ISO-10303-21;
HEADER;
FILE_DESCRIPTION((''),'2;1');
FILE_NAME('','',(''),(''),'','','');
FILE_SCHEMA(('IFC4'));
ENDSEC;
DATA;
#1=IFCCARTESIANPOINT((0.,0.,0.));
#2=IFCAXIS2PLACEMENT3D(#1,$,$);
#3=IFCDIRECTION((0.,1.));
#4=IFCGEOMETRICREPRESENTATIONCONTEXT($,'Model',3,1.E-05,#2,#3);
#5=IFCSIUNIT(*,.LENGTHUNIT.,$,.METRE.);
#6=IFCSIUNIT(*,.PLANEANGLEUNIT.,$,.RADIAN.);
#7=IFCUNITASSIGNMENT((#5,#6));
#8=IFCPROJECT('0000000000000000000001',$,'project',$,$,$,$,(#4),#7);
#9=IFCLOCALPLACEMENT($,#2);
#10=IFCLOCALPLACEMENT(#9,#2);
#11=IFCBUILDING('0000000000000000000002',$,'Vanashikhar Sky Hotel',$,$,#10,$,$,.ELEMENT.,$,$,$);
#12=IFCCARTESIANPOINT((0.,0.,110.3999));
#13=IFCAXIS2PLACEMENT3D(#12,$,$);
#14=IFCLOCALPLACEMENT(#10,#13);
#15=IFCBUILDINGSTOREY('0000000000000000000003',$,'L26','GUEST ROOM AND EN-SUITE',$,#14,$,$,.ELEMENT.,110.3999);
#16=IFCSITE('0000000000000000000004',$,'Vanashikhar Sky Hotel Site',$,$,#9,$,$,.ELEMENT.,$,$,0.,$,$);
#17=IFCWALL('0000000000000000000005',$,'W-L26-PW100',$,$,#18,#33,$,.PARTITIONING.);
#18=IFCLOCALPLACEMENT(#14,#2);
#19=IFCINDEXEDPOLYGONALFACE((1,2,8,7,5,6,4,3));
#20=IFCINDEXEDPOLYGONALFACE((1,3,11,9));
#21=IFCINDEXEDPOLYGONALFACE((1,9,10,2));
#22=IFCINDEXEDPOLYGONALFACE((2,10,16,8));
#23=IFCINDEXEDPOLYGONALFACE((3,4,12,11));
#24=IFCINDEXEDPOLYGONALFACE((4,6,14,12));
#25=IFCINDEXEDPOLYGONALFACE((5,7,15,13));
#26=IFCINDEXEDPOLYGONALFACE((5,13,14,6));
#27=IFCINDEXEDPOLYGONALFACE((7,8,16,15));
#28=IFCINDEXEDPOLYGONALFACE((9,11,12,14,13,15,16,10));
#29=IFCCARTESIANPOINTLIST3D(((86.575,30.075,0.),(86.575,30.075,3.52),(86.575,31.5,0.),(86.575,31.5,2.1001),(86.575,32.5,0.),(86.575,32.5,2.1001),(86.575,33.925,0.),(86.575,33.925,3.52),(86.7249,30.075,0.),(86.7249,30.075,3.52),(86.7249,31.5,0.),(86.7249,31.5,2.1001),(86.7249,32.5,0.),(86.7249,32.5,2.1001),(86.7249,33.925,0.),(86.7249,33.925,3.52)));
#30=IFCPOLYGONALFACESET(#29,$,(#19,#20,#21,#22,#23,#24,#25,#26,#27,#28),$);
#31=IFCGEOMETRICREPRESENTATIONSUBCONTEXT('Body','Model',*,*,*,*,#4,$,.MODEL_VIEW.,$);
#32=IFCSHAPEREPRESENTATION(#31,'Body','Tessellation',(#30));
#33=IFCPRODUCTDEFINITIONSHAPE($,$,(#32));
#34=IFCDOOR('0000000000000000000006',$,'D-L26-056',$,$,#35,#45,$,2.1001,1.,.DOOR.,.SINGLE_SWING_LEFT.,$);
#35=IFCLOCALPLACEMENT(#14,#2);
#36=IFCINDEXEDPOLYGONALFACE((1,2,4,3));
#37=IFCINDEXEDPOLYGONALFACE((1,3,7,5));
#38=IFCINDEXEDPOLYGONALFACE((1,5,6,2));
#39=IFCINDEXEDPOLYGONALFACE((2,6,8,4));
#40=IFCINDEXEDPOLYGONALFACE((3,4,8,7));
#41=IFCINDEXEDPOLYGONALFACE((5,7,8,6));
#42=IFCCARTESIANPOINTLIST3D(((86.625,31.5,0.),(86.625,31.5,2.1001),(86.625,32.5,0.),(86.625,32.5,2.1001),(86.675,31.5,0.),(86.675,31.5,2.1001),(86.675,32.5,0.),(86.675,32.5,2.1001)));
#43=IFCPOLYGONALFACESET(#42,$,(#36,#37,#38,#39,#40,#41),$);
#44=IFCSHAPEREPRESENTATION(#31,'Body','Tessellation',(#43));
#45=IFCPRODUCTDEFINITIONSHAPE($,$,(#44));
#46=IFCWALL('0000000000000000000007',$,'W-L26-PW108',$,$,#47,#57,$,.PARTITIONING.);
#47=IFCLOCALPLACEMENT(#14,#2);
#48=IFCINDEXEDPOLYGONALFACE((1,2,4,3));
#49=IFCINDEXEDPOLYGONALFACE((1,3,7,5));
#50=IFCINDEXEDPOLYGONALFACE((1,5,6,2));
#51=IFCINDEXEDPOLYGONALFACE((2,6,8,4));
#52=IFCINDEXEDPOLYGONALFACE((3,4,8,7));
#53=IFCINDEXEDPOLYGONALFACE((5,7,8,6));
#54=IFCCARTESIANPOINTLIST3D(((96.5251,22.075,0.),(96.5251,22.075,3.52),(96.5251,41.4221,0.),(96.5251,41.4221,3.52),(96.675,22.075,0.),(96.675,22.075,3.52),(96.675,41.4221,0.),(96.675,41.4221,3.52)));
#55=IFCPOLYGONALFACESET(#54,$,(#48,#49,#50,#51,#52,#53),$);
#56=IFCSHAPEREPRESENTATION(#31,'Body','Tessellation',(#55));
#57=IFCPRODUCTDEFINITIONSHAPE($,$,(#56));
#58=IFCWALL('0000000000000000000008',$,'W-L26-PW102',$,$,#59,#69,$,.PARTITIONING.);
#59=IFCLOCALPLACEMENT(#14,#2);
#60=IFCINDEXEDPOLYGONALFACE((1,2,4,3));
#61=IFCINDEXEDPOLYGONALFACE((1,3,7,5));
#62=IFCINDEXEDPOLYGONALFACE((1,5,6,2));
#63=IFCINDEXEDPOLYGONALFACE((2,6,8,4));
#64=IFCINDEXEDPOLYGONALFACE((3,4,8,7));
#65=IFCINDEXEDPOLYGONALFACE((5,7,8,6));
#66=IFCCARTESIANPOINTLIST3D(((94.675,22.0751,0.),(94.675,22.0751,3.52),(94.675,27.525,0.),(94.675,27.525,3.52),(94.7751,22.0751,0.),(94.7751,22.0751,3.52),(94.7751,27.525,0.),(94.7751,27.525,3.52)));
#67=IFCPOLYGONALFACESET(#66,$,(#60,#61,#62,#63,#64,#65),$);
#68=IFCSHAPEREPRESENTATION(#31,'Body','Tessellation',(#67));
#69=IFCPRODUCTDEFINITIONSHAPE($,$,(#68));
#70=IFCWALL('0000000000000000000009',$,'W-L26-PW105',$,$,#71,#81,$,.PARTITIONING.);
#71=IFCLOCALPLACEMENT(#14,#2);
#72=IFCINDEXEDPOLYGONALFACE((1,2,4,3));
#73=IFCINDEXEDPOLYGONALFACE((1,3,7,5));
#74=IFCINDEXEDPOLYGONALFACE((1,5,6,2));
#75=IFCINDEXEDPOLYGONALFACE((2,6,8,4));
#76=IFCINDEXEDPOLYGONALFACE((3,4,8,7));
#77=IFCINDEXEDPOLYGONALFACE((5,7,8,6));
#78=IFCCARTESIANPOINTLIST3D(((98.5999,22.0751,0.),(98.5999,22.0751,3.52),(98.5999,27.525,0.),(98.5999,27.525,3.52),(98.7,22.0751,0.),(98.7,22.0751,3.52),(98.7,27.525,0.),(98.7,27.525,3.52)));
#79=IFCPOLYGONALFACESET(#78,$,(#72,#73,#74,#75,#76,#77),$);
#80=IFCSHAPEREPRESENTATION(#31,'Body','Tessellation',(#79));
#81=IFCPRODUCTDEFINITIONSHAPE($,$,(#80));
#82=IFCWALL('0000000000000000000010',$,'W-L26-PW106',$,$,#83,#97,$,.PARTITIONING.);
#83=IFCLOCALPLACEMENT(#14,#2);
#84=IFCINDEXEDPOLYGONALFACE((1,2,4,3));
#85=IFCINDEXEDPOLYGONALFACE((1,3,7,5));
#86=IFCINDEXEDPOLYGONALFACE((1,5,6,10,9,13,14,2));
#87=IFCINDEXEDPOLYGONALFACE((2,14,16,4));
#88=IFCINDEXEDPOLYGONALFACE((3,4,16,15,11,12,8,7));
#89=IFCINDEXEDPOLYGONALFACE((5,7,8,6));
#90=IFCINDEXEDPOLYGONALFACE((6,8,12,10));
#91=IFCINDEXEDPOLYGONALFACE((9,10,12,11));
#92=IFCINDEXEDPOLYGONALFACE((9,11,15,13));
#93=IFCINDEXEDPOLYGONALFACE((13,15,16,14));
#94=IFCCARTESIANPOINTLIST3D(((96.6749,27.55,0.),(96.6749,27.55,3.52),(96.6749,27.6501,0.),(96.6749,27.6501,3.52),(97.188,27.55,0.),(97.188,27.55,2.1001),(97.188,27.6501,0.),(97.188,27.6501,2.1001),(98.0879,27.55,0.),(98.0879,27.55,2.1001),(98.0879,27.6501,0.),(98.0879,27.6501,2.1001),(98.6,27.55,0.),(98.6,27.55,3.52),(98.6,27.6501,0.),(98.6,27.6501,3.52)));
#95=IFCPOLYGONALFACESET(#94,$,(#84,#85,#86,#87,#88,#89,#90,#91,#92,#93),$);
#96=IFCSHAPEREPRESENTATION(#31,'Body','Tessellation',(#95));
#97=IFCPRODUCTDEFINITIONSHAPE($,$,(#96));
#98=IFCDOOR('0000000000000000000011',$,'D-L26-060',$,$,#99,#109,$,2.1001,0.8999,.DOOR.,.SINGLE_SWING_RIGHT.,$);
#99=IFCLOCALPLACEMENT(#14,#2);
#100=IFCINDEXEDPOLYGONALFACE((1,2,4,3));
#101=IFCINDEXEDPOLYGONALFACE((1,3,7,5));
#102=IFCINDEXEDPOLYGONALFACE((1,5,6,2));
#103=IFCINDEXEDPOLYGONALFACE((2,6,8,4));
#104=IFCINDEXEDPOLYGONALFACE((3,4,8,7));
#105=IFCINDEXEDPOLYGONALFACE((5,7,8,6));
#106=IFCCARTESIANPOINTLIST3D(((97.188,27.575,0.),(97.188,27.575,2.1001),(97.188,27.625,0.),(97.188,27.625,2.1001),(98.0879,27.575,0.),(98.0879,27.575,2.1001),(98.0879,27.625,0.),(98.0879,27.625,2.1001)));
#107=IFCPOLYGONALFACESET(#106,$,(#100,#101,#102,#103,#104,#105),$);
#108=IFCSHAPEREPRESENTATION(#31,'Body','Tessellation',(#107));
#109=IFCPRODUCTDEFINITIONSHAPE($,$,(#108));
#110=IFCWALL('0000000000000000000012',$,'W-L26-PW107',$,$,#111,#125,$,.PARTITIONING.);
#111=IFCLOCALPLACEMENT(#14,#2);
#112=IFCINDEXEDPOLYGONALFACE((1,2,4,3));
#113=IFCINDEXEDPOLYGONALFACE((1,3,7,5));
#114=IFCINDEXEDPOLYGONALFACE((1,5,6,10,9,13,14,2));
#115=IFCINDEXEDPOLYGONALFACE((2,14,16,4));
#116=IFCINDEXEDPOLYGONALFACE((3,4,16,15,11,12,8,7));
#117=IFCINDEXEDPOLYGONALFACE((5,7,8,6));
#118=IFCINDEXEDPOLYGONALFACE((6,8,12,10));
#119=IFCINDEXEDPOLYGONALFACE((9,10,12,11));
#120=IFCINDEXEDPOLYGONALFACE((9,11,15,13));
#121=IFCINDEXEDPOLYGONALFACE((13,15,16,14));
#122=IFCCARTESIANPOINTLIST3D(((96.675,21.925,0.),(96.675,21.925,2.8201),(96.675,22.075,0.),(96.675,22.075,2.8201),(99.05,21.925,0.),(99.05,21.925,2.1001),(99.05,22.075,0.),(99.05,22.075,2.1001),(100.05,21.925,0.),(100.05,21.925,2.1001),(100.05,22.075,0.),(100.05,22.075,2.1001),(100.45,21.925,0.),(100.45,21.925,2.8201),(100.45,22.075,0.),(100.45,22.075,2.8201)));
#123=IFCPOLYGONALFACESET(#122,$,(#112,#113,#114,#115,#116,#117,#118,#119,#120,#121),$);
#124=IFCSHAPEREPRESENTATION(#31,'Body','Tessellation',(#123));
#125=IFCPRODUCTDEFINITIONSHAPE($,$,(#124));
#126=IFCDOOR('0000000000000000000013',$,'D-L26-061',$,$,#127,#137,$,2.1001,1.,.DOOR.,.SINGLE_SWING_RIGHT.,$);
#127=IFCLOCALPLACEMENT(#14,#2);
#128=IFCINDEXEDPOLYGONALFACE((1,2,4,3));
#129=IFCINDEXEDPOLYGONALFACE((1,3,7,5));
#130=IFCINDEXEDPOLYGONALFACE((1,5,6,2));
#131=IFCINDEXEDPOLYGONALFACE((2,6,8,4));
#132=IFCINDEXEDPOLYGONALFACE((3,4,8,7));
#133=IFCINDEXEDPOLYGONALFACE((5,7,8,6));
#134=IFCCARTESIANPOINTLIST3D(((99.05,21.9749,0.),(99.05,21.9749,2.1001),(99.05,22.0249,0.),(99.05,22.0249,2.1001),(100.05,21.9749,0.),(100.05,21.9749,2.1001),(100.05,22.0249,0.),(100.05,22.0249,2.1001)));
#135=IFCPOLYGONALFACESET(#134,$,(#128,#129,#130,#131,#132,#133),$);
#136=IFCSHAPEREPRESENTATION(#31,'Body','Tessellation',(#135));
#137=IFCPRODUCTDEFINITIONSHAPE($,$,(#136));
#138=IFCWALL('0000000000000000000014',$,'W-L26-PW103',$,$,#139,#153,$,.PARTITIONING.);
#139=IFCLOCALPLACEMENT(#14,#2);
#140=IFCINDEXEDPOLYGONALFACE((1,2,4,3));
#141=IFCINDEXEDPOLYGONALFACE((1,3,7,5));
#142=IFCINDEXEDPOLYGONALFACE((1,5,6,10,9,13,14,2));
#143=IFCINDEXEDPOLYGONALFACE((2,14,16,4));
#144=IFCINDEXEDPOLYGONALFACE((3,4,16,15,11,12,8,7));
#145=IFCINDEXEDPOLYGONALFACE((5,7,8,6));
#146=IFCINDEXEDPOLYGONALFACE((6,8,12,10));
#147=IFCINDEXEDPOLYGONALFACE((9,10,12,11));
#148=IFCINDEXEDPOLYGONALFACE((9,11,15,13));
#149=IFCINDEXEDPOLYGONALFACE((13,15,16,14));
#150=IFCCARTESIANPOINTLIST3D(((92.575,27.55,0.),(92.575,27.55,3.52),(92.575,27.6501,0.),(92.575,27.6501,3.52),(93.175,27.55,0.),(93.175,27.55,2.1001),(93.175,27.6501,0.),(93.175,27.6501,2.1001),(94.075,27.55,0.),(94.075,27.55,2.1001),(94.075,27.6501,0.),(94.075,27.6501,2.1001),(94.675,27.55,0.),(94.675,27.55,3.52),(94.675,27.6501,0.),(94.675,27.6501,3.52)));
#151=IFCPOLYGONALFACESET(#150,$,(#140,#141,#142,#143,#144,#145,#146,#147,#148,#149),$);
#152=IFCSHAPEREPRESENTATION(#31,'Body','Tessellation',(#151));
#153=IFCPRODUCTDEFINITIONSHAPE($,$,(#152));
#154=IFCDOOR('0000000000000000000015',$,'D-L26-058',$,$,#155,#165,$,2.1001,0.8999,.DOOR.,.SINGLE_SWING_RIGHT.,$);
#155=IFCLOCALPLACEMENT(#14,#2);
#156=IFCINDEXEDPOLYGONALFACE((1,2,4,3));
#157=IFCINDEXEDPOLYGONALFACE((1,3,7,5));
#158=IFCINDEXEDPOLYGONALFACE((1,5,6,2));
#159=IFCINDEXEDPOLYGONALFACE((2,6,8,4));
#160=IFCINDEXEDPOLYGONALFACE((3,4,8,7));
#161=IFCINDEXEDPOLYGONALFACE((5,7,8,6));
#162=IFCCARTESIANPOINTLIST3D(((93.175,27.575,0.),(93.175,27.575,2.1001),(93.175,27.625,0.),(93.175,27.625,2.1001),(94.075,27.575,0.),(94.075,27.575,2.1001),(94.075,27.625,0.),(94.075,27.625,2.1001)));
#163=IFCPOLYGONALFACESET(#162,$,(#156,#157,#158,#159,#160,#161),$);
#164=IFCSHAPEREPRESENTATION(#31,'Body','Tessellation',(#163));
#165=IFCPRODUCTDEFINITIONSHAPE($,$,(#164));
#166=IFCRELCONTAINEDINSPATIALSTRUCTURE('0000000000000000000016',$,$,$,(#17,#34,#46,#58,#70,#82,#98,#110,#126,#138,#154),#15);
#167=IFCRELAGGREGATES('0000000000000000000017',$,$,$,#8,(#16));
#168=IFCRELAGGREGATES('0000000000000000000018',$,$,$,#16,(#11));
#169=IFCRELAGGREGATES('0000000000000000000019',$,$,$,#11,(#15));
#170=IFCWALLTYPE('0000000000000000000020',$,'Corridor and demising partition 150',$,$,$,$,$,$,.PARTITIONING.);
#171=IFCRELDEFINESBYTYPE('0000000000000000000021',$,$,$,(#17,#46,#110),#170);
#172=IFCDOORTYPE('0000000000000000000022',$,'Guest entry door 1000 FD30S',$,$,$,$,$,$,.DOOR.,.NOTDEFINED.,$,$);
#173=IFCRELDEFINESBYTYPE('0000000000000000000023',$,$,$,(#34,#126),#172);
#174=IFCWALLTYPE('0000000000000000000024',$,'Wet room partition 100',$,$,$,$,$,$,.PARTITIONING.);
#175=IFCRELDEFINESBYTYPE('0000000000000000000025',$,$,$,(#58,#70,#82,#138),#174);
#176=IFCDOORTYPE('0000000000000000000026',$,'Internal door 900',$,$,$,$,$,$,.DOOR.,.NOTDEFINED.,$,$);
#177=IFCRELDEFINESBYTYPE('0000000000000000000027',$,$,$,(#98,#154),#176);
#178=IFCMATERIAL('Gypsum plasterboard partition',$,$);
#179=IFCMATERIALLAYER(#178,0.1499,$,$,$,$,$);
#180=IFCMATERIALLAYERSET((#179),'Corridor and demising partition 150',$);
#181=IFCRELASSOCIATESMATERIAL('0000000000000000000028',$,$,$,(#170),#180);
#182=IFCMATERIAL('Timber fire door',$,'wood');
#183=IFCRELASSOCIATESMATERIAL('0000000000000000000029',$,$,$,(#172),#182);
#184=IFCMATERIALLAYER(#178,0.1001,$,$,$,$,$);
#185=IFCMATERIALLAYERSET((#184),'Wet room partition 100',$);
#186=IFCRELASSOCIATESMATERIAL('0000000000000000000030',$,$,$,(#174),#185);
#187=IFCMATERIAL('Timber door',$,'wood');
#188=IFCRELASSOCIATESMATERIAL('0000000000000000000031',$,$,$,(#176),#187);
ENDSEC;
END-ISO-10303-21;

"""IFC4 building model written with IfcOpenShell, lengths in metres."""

from ifc_helpers import new_model, si_unit, direction, frame, frame_2d, origin, place, context, subcontext, project, spatial, rectangle, extrude, source, transform, mapped, material, layer, layer_set, type_object, element, fill, save


model = new_model("IFC4")

# Units and contexts
model_context = context("Model", 3, precision=1e-05, world=origin(), true_north=direction((0.0, 1.0)))
body_context = subcontext(model_context, "Body", "Model", "MODEL_VIEW")
ifc_project = project(units=[si_unit("LENGTHUNIT", "METRE"), si_unit("PLANEANGLEUNIT", "RADIAN")], contexts=[model_context])

# Site, building, storey
site_placement = place(None, origin())
site = spatial("IfcSite", under=ifc_project, at=site_placement, Name="Vanashikhar Sky Hotel Site", CompositionType="ELEMENT", RefElevation=0.0)
building_placement = place(site_placement, origin())
building = spatial("IfcBuilding", under=site, at=building_placement, Name="Vanashikhar Sky Hotel", CompositionType="ELEMENT")
storey_placement = place(building_placement, frame((0.0, 0.0, 110.3999)))
storey = spatial("IfcBuildingStorey", under=building, at=storey_placement, Name="L26", Description="GUEST ROOM AND EN-SUITE", CompositionType="ELEMENT", Elevation=110.3999)

# Wall, opening, door
ifc_material_1 = material(Name="Gypsum plasterboard partition")
ifc_layer_1 = layer(ifc_material_1, 0.1499)
ifc_layer_set_1 = layer_set([ifc_layer_1], Name="Corridor and demising partition 150")
wall_type_1 = type_object("IfcWallType", Name="Corridor and demising partition 150", PredefinedType="PARTITIONING", material=ifc_layer_set_1)
shared_shape_1 = source(origin(), body_context, "Body", "SweptSolid", [
    extrude(rectangle(XDim=1.0, YDim=2.1001, at=frame_2d((0.5, 1.05))), frame((0.0, 0.085, 0.0), z_axis=(0.0, -1.0, 0.0), x_axis=(1.0, 0.0, 0.0)), (0.0, 0.0, 1.0), 0.1699),
])
ifc_material_2 = material(Name="Timber fire door", Category="wood")
door_type_1 = type_object("IfcDoorType", Name="Guest entry door 1000 FD30S", OperationType="NOTDEFINED", PredefinedType="DOOR", material=ifc_material_2)
shared_shape_2 = source(origin(), body_context, "Body", "SweptSolid", [
    extrude(rectangle(XDim=1.0, YDim=2.1001, at=frame_2d((0.5, 1.05))), frame((0.0, 0.0249, 0.0), z_axis=(0.0, -1.0, 0.0), x_axis=(1.0, 0.0, 0.0)), (0.0, 0.0, 1.0), 0.05),
])
shared_shape_3 = source(origin(), body_context, "Body", "SweptSolid", [
    extrude(rectangle(XDim=3.8501, YDim=0.1499, at=frame_2d((1.925, 0.0))), origin(), (0.0, 0.0, 1.0), 3.52),
])
wall_1_placement = place(storey_placement, frame((86.6499, 30.075, 0.0), z_axis=(0.0, 0.0, 1.0), x_axis=(0.0, 1.0, 0.0)))
wall_1 = element("IfcWall", 1, at=wall_1_placement, inside=storey, type_object=wall_type_1, Name="W-L26-PW100", PredefinedType="PARTITIONING", context=body_context, shape_type="MappedRepresentation", body=[
    mapped(shared_shape_3, transform((0.0, 0.0, 0.0), scale=1.0)),
])
opening_1_placement = place(wall_1_placement, frame((1.425, 0.0, 0.0)))
opening_1 = element("IfcOpeningElement", 2, at=opening_1_placement, cuts=wall_1, PredefinedType="OPENING", context=body_context, shape_type="MappedRepresentation", body=[
    mapped(shared_shape_1, transform((0.0, 0.0, 0.0), scale=1.0)),
])
door_1_placement = place(opening_1_placement, origin())
door_1 = element("IfcDoor", 3, at=door_1_placement, inside=storey, type_object=door_type_1, Name="D-L26-056", OperationType="SINGLE_SWING_LEFT", OverallHeight=2.1001, OverallWidth=1.0, PredefinedType="DOOR", context=body_context, shape_type="MappedRepresentation", body=[
    mapped(shared_shape_2, transform((0.0, 0.0, 0.0), scale=1.0)),
])
fill(opening_1, door_1)

# Walls
shared_shape_4 = source(origin(), body_context, "Body", "SweptSolid", [
    extrude(rectangle(XDim=19.3472, YDim=0.1499, at=frame_2d((9.6736, 0.0))), origin(), (0.0, 0.0, 1.0), 3.52),
])
wall_2_placement = place(storey_placement, frame((96.6001, 22.075, 0.0), z_axis=(0.0, 0.0, 1.0), x_axis=(0.0, 1.0, 0.0)))
element("IfcWall", 4, at=wall_2_placement, inside=storey, type_object=wall_type_1, Name="W-L26-PW108", PredefinedType="PARTITIONING", context=body_context, shape_type="MappedRepresentation", body=[
    mapped(shared_shape_4, transform((0.0, 0.0, 0.0), scale=1.0)),
])
ifc_layer_2 = layer(ifc_material_1, 0.1001)
ifc_layer_set_2 = layer_set([ifc_layer_2], Name="Wet room partition 100")
wall_type_2 = type_object("IfcWallType", Name="Wet room partition 100", PredefinedType="PARTITIONING", material=ifc_layer_set_2)
shared_shape_5 = source(origin(), body_context, "Body", "SweptSolid", [
    extrude(rectangle(XDim=5.45, YDim=0.1001, at=frame_2d((2.7251, 0.0))), origin(), (0.0, 0.0, 1.0), 3.52),
])
for number, where, z_axis, x_axis, name in (
    (5, (94.7251, 22.075, 0.0), (0.0, 0.0, 1.0), (0.0, 1.0, 0.0), "W-L26-PW102"),
    (6, (98.6499, 22.075, 0.0), (0.0, 0.0, 1.0), (0.0, 1.0, 0.0), "W-L26-PW105"),
):
    element("IfcWall", number, at=place(storey_placement, frame(where, z_axis=z_axis, x_axis=x_axis)), inside=storey, type_object=wall_type_2, Name=name, PredefinedType="PARTITIONING", context=body_context, shape_type="MappedRepresentation", body=[
        mapped(shared_shape_5, transform((0.0, 0.0, 0.0), scale=1.0)),
    ])

# Walls, openings, doors
shared_shape_6 = source(origin(), body_context, "Body", "SweptSolid", [
    extrude(rectangle(XDim=1.925, YDim=0.1001, at=frame_2d((0.9624, 0.0))), origin(), (0.0, 0.0, 1.0), 3.52),
])
wall_3_placement = place(storey_placement, frame((96.675, 27.6001, 0.0), z_axis=(0.0, 0.0, 1.0), x_axis=(1.0, 0.0, 0.0)))
wall_3 = element("IfcWall", 7, at=wall_3_placement, inside=storey, type_object=wall_type_2, Name="W-L26-PW106", PredefinedType="PARTITIONING", context=body_context, shape_type="MappedRepresentation", body=[
    mapped(shared_shape_6, transform((0.0, 0.0, 0.0), scale=1.0)),
])
shared_shape_7 = source(origin(), body_context, "Body", "SweptSolid", [
    extrude(rectangle(XDim=0.8999, YDim=2.1001, at=frame_2d((0.45, 1.05))), frame((0.0, 0.0601, 0.0), z_axis=(0.0, -1.0, 0.0), x_axis=(1.0, 0.0, 0.0)), (0.0, 0.0, 1.0), 0.1201),
])
opening_2_placement = place(wall_3_placement, frame((0.5129, 0.0, 0.0)))
opening_2 = element("IfcOpeningElement", 8, at=opening_2_placement, cuts=wall_3, PredefinedType="OPENING", context=body_context, shape_type="MappedRepresentation", body=[
    mapped(shared_shape_7, transform((0.0, 0.0, 0.0), scale=1.0)),
])
ifc_material_3 = material(Name="Timber door", Category="wood")
door_type_2 = type_object("IfcDoorType", Name="Internal door 900", OperationType="NOTDEFINED", PredefinedType="DOOR", material=ifc_material_3)
shared_shape_8 = source(origin(), body_context, "Body", "SweptSolid", [
    extrude(rectangle(XDim=0.8999, YDim=2.1001, at=frame_2d((0.45, 1.05))), frame((0.0, 0.0249, 0.0), z_axis=(0.0, -1.0, 0.0), x_axis=(1.0, 0.0, 0.0)), (0.0, 0.0, 1.0), 0.05),
])
door_2_placement = place(opening_2_placement, origin())
door_2 = element("IfcDoor", 9, at=door_2_placement, inside=storey, type_object=door_type_2, Name="D-L26-060", OperationType="SINGLE_SWING_RIGHT", OverallHeight=2.1001, OverallWidth=0.8999, PredefinedType="DOOR", context=body_context, shape_type="MappedRepresentation", body=[
    mapped(shared_shape_8, transform((0.0, 0.0, 0.0), scale=1.0)),
])
fill(opening_2, door_2)
shared_shape_9 = source(origin(), body_context, "Body", "SweptSolid", [
    extrude(rectangle(XDim=3.7749, YDim=0.1499, at=frame_2d((1.8875, 0.0))), origin(), (0.0, 0.0, 1.0), 2.8201),
])
wall_4_placement = place(storey_placement, frame((96.675, 22.0, 0.0), z_axis=(0.0, 0.0, 1.0), x_axis=(1.0, 0.0, 0.0)))
wall_4 = element("IfcWall", 10, at=wall_4_placement, inside=storey, type_object=wall_type_1, Name="W-L26-PW107", PredefinedType="PARTITIONING", context=body_context, shape_type="MappedRepresentation", body=[
    mapped(shared_shape_9, transform((0.0, 0.0, 0.0), scale=1.0)),
])
opening_3_placement = place(wall_4_placement, frame((2.375, 0.0, 0.0)))
opening_3 = element("IfcOpeningElement", 11, at=opening_3_placement, cuts=wall_4, PredefinedType="OPENING", context=body_context, shape_type="MappedRepresentation", body=[
    mapped(shared_shape_1, transform((0.0, 0.0, 0.0), scale=1.0)),
])
door_3_placement = place(opening_3_placement, origin())
door_3 = element("IfcDoor", 12, at=door_3_placement, inside=storey, type_object=door_type_1, Name="D-L26-061", OperationType="SINGLE_SWING_RIGHT", OverallHeight=2.1001, OverallWidth=1.0, PredefinedType="DOOR", context=body_context, shape_type="MappedRepresentation", body=[
    mapped(shared_shape_2, transform((0.0, 0.0, 0.0), scale=1.0)),
])
fill(opening_3, door_3)
shared_shape_10 = source(origin(), body_context, "Body", "SweptSolid", [
    extrude(rectangle(XDim=2.1001, YDim=0.1001, at=frame_2d((1.05, 0.0))), origin(), (0.0, 0.0, 1.0), 3.52),
])
wall_5_placement = place(storey_placement, frame((92.575, 27.6001, 0.0), z_axis=(0.0, 0.0, 1.0), x_axis=(1.0, 0.0, 0.0)))
wall_5 = element("IfcWall", 13, at=wall_5_placement, inside=storey, type_object=wall_type_2, Name="W-L26-PW103", PredefinedType="PARTITIONING", context=body_context, shape_type="MappedRepresentation", body=[
    mapped(shared_shape_10, transform((0.0, 0.0, 0.0), scale=1.0)),
])
opening_4_placement = place(wall_5_placement, frame((0.6001, 0.0, 0.0)))
opening_4 = element("IfcOpeningElement", 14, at=opening_4_placement, cuts=wall_5, PredefinedType="OPENING", context=body_context, shape_type="MappedRepresentation", body=[
    mapped(shared_shape_7, transform((0.0, 0.0, 0.0), scale=1.0)),
])
door_4_placement = place(opening_4_placement, origin())
door_4 = element("IfcDoor", 15, at=door_4_placement, inside=storey, type_object=door_type_2, Name="D-L26-058", OperationType="SINGLE_SWING_RIGHT", OverallHeight=2.1001, OverallWidth=0.8999, PredefinedType="DOOR", context=body_context, shape_type="MappedRepresentation", body=[
    mapped(shared_shape_8, transform((0.0, 0.0, 0.0), scale=1.0)),
])
fill(opening_4, door_4)

save(model, "model.ifc")
